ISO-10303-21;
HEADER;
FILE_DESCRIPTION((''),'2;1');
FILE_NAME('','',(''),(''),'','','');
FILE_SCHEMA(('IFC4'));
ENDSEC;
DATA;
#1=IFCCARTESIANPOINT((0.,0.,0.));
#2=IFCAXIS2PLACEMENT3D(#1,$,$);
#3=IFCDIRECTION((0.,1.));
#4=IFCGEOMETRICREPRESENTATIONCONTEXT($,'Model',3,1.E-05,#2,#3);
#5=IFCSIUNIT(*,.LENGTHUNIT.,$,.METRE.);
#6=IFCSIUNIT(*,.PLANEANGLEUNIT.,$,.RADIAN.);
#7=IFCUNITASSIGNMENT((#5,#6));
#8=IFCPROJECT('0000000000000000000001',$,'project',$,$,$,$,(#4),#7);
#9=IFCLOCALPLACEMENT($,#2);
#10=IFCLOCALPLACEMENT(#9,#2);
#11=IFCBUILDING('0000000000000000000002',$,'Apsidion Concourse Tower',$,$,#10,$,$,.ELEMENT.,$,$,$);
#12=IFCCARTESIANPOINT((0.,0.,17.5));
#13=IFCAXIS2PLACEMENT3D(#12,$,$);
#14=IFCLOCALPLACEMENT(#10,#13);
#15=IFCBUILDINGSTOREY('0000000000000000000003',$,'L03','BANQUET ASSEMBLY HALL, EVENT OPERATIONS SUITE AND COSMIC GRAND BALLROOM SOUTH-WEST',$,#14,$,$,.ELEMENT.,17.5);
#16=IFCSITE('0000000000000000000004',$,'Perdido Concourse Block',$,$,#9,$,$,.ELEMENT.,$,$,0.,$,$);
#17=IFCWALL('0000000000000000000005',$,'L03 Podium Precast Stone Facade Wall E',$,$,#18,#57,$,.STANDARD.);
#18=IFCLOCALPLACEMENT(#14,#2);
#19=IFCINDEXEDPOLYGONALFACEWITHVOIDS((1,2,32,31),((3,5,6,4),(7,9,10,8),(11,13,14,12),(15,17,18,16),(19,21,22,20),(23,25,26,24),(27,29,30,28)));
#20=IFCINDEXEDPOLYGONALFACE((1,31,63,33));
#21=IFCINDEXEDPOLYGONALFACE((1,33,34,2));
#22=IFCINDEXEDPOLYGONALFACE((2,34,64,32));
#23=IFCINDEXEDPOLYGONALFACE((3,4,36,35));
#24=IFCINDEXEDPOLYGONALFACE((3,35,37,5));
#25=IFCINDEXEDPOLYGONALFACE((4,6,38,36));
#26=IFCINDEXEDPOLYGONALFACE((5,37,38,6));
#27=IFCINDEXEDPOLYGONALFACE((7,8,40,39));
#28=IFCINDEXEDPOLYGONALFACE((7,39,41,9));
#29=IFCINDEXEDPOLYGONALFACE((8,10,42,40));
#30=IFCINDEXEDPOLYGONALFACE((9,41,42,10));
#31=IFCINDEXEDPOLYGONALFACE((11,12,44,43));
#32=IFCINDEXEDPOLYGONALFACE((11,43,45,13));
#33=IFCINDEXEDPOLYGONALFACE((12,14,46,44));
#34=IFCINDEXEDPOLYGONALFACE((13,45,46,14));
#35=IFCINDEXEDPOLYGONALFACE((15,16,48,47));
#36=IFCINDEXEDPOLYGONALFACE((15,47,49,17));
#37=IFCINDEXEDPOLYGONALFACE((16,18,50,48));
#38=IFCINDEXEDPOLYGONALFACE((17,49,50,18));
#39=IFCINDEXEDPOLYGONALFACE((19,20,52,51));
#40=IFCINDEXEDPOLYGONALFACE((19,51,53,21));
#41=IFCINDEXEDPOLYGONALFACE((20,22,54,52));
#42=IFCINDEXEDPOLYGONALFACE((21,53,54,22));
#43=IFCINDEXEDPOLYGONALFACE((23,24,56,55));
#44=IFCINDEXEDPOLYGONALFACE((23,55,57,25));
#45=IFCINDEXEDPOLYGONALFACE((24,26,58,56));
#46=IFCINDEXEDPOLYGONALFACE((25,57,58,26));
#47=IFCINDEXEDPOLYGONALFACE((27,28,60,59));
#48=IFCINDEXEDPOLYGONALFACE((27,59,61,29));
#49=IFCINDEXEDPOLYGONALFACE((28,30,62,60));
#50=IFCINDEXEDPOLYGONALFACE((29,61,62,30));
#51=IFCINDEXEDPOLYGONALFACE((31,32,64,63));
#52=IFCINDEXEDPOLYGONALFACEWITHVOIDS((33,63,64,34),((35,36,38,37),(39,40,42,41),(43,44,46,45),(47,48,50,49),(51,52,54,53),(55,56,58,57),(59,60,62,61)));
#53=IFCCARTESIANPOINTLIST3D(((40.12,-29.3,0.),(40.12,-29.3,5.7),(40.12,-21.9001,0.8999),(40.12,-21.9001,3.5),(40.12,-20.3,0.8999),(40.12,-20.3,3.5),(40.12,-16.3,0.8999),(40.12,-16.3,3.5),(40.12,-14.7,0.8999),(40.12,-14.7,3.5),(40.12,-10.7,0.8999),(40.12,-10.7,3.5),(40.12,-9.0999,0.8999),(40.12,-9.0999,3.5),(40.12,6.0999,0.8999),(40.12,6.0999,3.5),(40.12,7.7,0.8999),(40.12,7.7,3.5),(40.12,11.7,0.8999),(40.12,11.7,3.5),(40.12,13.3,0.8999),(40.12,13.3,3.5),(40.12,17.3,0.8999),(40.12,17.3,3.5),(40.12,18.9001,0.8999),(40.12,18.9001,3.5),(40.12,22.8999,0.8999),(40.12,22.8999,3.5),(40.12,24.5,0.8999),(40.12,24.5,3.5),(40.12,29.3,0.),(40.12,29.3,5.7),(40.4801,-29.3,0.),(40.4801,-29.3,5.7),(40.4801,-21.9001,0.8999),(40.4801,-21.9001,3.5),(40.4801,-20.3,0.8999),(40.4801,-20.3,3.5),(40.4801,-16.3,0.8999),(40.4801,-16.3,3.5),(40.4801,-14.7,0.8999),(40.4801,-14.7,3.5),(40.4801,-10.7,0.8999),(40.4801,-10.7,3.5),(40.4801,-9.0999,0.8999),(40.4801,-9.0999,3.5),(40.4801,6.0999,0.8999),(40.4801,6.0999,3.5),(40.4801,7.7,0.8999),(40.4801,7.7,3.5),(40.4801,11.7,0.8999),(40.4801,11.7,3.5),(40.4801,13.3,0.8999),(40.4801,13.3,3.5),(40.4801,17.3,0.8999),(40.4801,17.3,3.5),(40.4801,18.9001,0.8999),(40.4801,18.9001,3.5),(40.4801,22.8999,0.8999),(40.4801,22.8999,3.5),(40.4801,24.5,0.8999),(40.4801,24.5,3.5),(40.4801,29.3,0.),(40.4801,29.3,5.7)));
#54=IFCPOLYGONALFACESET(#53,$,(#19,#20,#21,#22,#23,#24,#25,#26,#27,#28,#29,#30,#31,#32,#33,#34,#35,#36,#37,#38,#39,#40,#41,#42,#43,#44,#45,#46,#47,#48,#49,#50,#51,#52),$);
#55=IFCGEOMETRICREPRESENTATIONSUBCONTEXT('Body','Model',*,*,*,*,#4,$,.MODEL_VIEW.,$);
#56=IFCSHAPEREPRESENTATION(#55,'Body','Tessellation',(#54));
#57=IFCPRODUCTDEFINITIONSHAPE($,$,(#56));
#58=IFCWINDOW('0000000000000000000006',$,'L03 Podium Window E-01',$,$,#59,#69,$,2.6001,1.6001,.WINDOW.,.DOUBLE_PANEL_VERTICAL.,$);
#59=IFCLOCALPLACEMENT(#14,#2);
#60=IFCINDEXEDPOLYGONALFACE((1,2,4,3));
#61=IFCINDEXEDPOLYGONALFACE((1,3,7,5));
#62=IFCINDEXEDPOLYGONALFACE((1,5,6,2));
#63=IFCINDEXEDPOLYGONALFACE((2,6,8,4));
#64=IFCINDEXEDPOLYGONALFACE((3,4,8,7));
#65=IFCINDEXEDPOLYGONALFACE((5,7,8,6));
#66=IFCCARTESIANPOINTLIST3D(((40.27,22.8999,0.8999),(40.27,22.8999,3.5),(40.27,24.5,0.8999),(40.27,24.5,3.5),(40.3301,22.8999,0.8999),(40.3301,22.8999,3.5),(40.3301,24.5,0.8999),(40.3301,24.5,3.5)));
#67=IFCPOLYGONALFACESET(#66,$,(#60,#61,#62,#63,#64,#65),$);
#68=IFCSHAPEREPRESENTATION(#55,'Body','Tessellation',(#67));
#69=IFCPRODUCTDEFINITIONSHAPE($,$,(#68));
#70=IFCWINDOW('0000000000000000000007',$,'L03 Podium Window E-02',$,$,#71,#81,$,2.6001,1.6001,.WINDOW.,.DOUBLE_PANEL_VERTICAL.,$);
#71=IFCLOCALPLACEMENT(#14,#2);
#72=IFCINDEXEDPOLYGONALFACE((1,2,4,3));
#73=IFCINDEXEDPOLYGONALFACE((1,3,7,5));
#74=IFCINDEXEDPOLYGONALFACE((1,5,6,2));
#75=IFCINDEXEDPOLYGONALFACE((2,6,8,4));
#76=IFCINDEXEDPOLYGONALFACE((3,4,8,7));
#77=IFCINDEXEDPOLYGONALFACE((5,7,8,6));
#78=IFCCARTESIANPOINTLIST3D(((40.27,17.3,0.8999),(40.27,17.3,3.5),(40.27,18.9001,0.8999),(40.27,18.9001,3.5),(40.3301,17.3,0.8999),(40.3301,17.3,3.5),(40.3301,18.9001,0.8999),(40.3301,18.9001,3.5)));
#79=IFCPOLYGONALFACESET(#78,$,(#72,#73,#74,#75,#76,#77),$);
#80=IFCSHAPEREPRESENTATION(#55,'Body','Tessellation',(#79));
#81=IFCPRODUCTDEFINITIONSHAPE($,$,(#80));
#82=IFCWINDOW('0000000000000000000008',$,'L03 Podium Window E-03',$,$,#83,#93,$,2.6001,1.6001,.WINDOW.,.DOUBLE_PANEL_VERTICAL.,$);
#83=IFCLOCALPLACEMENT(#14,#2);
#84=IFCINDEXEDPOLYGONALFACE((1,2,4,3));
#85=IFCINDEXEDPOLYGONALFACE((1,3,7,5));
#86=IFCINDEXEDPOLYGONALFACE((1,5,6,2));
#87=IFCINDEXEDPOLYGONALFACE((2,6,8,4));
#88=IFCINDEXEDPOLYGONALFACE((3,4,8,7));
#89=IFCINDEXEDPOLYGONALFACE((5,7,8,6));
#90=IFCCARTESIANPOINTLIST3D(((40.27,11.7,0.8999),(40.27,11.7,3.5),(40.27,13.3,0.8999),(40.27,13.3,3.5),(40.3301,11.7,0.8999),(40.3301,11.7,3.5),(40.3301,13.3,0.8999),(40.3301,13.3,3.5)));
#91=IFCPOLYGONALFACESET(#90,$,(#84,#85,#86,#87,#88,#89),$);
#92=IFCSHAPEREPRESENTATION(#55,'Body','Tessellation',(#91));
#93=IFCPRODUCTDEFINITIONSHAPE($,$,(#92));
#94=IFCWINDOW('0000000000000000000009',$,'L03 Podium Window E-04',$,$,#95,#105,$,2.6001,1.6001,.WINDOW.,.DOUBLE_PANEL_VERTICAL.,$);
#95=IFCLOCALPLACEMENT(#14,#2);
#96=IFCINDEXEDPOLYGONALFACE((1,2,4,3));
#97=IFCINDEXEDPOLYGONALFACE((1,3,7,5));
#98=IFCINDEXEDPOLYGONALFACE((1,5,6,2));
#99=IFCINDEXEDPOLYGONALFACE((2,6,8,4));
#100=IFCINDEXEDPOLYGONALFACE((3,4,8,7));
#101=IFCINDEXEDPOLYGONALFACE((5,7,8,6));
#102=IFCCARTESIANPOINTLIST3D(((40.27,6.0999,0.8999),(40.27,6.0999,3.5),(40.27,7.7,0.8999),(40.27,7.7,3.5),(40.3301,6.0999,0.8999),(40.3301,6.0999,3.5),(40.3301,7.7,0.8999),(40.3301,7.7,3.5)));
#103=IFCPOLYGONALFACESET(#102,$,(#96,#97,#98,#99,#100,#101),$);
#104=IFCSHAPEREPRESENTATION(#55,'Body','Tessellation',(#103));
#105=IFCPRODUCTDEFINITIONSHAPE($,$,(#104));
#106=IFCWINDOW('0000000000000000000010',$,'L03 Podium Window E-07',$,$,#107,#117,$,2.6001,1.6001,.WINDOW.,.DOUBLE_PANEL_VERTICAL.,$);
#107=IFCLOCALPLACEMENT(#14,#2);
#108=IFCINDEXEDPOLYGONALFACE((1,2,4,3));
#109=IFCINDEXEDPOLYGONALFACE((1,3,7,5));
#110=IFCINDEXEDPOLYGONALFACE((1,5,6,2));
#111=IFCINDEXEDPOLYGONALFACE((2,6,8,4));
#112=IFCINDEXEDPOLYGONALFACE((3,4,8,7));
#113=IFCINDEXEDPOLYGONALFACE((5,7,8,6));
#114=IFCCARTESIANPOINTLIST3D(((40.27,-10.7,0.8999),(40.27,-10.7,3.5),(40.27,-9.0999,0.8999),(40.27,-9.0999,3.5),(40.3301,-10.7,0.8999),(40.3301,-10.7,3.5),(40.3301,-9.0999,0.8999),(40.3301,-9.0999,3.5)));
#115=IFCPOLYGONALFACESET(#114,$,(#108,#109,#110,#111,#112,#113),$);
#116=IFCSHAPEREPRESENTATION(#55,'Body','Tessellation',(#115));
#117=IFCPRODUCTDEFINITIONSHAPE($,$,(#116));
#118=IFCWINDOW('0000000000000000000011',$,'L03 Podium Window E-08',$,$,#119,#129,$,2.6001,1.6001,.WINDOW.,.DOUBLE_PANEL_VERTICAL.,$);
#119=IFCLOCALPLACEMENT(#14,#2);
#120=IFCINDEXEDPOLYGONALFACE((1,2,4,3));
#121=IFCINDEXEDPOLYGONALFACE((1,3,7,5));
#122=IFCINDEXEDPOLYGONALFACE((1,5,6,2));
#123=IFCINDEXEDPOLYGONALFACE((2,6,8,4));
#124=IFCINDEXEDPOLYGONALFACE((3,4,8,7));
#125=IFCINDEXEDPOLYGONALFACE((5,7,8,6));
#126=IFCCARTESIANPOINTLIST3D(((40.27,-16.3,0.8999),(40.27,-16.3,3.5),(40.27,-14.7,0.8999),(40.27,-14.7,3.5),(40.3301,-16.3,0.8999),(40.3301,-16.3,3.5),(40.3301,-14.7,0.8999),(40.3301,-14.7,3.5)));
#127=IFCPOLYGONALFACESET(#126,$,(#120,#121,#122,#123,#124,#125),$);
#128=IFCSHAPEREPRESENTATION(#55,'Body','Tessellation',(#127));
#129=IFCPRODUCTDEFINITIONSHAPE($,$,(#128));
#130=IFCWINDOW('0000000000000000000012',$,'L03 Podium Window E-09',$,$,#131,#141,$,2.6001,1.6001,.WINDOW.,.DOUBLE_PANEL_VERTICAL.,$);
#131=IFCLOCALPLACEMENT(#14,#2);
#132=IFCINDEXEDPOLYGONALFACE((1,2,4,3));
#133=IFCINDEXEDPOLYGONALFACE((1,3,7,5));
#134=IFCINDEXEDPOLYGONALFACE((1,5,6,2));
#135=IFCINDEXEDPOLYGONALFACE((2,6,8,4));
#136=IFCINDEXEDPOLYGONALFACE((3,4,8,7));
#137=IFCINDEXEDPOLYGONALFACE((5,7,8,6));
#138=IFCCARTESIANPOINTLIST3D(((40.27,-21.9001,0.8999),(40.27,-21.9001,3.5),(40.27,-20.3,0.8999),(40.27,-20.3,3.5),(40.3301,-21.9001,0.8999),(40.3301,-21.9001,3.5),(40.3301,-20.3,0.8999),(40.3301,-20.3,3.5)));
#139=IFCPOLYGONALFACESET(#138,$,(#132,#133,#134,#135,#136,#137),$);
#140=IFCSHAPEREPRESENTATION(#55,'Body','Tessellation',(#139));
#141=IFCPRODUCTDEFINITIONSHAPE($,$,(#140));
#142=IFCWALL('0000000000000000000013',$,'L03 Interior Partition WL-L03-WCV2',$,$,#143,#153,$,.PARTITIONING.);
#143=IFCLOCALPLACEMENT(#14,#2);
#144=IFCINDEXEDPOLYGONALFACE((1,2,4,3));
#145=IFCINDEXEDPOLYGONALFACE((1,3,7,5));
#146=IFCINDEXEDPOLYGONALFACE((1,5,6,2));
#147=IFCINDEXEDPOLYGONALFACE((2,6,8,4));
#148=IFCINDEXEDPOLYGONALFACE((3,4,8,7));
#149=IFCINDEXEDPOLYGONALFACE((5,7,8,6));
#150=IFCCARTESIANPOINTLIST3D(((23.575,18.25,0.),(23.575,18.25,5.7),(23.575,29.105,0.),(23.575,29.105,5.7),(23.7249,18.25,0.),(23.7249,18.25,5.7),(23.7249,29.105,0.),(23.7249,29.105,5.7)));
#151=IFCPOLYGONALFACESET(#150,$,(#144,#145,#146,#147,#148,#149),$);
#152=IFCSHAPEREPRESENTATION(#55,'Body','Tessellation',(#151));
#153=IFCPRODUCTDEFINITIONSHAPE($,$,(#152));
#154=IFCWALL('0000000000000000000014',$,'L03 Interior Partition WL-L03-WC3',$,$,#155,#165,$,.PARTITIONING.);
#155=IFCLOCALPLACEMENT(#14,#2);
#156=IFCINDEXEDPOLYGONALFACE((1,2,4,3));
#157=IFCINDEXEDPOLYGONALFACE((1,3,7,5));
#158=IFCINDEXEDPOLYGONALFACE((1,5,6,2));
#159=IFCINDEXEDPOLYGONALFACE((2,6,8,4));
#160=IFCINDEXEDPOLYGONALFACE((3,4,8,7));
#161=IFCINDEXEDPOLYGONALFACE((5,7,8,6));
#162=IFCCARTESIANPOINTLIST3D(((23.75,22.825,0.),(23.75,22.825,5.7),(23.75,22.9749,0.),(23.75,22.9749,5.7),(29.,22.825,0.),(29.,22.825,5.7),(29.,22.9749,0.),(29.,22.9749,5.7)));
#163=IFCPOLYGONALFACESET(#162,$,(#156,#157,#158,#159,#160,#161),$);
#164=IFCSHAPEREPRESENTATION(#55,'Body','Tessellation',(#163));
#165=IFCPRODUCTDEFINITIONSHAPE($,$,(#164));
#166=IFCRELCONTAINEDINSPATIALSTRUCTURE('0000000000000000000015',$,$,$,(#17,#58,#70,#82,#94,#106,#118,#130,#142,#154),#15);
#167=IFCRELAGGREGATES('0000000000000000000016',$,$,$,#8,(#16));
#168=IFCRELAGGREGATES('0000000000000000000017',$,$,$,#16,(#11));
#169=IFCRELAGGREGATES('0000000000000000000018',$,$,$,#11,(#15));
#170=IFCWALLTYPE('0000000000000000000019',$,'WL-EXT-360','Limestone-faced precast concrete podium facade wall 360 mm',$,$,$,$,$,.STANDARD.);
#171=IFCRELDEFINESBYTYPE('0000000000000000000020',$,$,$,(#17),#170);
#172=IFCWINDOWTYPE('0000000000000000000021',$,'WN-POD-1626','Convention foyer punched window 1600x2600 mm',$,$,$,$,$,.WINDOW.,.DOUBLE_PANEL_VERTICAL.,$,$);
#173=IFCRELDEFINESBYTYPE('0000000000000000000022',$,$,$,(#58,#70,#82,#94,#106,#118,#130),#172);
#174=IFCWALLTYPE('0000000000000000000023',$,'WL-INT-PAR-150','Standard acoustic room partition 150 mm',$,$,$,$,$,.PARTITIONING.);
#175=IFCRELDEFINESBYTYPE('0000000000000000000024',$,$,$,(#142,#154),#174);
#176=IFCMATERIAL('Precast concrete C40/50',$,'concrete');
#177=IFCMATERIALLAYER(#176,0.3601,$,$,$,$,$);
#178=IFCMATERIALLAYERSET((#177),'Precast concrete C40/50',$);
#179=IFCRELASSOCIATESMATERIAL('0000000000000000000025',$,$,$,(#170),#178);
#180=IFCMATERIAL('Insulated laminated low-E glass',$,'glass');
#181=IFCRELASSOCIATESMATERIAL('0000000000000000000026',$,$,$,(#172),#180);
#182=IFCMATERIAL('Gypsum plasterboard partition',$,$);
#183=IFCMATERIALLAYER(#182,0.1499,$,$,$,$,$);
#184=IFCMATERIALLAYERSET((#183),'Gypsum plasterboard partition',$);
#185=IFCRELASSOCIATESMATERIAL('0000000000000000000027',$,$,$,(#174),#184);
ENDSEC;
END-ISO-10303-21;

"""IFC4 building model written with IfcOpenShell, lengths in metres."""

from ifc_helpers import new_model, si_unit, direction, frame, frame_2d, origin, place, context, subcontext, project, spatial, rectangle, extrude, material, layer, layer_set, type_object, element, fill, save


model = new_model("IFC4")

# Units and contexts
model_context = context("Model", 3, precision=1e-05, world=origin(), true_north=direction((0.0, 1.0)))
body_context = subcontext(model_context, "Body", "Model", "MODEL_VIEW")
ifc_project = project(units=[si_unit("LENGTHUNIT", "METRE"), si_unit("PLANEANGLEUNIT", "RADIAN")], contexts=[model_context])

# Site, building, storey
site_placement = place(None, origin())
site = spatial("IfcSite", under=ifc_project, at=site_placement, Name="Perdido Concourse Block", CompositionType="ELEMENT", RefElevation=0.0)
building_placement = place(site_placement, origin())
building = spatial("IfcBuilding", under=site, at=building_placement, Name="Apsidion Concourse Tower", CompositionType="ELEMENT")
storey_placement = place(building_placement, frame((0.0, 0.0, 17.5)))
storey = spatial("IfcBuildingStorey", under=building, at=storey_placement, Name="L03", Description="BANQUET ASSEMBLY HALL, EVENT OPERATIONS SUITE AND COSMIC GRAND BALLROOM SOUTH-WEST", CompositionType="ELEMENT", Elevation=17.5)

# Wall, openings, windows
ifc_material_1 = material(Name="Precast concrete C40/50", Category="concrete")
ifc_layer_1 = layer(ifc_material_1, 0.3601)
ifc_layer_set_1 = layer_set([ifc_layer_1], Name="Precast concrete C40/50")
wall_type_1 = type_object("IfcWallType", Name="WL-EXT-360", Description="Limestone-faced precast concrete podium facade wall 360 mm", PredefinedType="STANDARD", material=ifc_layer_set_1)
wall_1_placement = place(storey_placement, frame((40.3, 29.3, 0.0), z_axis=(0.0, 0.0, 1.0), x_axis=(0.0, -1.0, 0.0)))
wall_1 = element("IfcWall", 1, at=wall_1_placement, inside=storey, type_object=wall_type_1, Name="L03 Podium Precast Stone Facade Wall E", PredefinedType="STANDARD", context=body_context, shape_type="SweptSolid", body=[
    extrude(rectangle(XDim=58.6001, YDim=0.3601, at=frame_2d((29.3, 0.0))), origin(), (0.0, 0.0, 1.0), 5.7),
])
opening_1_placement = place(wall_1_placement, frame((4.8, 0.0, 0.8999)))
opening_1 = element("IfcOpeningElement", 2, at=opening_1_placement, cuts=wall_1, PredefinedType="OPENING", context=body_context, shape_type="SweptSolid", body=[
    extrude(rectangle(XDim=1.6001, YDim=2.6001, at=frame_2d((0.8, 1.3))), frame((0.0, 0.1899, 0.0), z_axis=(0.0, -1.0, 0.0), x_axis=(1.0, 0.0, 0.0)), (0.0, 0.0, 1.0), 0.3801),
])
opening_2_placement = place(wall_1_placement, frame((10.3999, 0.0, 0.8999)))
opening_2 = element("IfcOpeningElement", 3, at=opening_2_placement, cuts=wall_1, PredefinedType="OPENING", context=body_context, shape_type="SweptSolid", body=[
    extrude(rectangle(XDim=1.6001, YDim=2.6001, at=frame_2d((0.8, 1.3))), frame((0.0, 0.1899, 0.0), z_axis=(0.0, -1.0, 0.0), x_axis=(1.0, 0.0, 0.0)), (0.0, 0.0, 1.0), 0.3801),
])
opening_3_placement = place(wall_1_placement, frame((16.0, 0.0, 0.8999)))
opening_3 = element("IfcOpeningElement", 4, at=opening_3_placement, cuts=wall_1, PredefinedType="OPENING", context=body_context, shape_type="SweptSolid", body=[
    extrude(rectangle(XDim=1.6001, YDim=2.6001, at=frame_2d((0.8, 1.3))), frame((0.0, 0.1899, 0.0), z_axis=(0.0, -1.0, 0.0), x_axis=(1.0, 0.0, 0.0)), (0.0, 0.0, 1.0), 0.3801),
])
opening_4_placement = place(wall_1_placement, frame((21.6001, 0.0, 0.8999)))
opening_4 = element("IfcOpeningElement", 5, at=opening_4_placement, cuts=wall_1, PredefinedType="OPENING", context=body_context, shape_type="SweptSolid", body=[
    extrude(rectangle(XDim=1.6001, YDim=2.6001, at=frame_2d((0.8, 1.3))), frame((0.0, 0.1899, 0.0), z_axis=(0.0, -1.0, 0.0), x_axis=(1.0, 0.0, 0.0)), (0.0, 0.0, 1.0), 0.3801),
])
opening_5_placement = place(wall_1_placement, frame((38.3999, 0.0, 0.8999)))
opening_5 = element("IfcOpeningElement", 6, at=opening_5_placement, cuts=wall_1, PredefinedType="OPENING", context=body_context, shape_type="SweptSolid", body=[
    extrude(rectangle(XDim=1.6001, YDim=2.6001, at=frame_2d((0.8, 1.3))), frame((0.0, 0.1899, 0.0), z_axis=(0.0, -1.0, 0.0), x_axis=(1.0, 0.0, 0.0)), (0.0, 0.0, 1.0), 0.3801),
])
opening_6_placement = place(wall_1_placement, frame((44.0, 0.0, 0.8999)))
opening_6 = element("IfcOpeningElement", 7, at=opening_6_placement, cuts=wall_1, PredefinedType="OPENING", context=body_context, shape_type="SweptSolid", body=[
    extrude(rectangle(XDim=1.6001, YDim=2.6001, at=frame_2d((0.8, 1.3))), frame((0.0, 0.1899, 0.0), z_axis=(0.0, -1.0, 0.0), x_axis=(1.0, 0.0, 0.0)), (0.0, 0.0, 1.0), 0.3801),
])
opening_7_placement = place(wall_1_placement, frame((49.6001, 0.0, 0.8999)))
opening_7 = element("IfcOpeningElement", 8, at=opening_7_placement, cuts=wall_1, PredefinedType="OPENING", context=body_context, shape_type="SweptSolid", body=[
    extrude(rectangle(XDim=1.6001, YDim=2.6001, at=frame_2d((0.8, 1.3))), frame((0.0, 0.1899, 0.0), z_axis=(0.0, -1.0, 0.0), x_axis=(1.0, 0.0, 0.0)), (0.0, 0.0, 1.0), 0.3801),
])
ifc_material_2 = material(Name="Insulated laminated low-E glass", Category="glass")
window_type = type_object("IfcWindowType", Name="WN-POD-1626", Description="Convention foyer punched window 1600x2600 mm", PartitioningType="DOUBLE_PANEL_VERTICAL", PredefinedType="WINDOW", material=ifc_material_2)
window_1_placement = place(opening_1_placement, origin())
window_1 = element("IfcWindow", 9, at=window_1_placement, inside=storey, type_object=window_type, Name="L03 Podium Window E-01", OverallHeight=2.6001, OverallWidth=1.6001, PartitioningType="DOUBLE_PANEL_VERTICAL", PredefinedType="WINDOW", context=body_context, shape_type="SweptSolid", body=[
    extrude(rectangle(XDim=1.6001, YDim=2.6001, at=frame_2d((0.8, 1.3))), frame((0.0, 0.03, 0.0), z_axis=(0.0, -1.0, 0.0), x_axis=(1.0, 0.0, 0.0)), (0.0, 0.0, 1.0), 0.0601),
])
fill(opening_1, window_1)
window_2_placement = place(opening_2_placement, origin())
window_2 = element("IfcWindow", 10, at=window_2_placement, inside=storey, type_object=window_type, Name="L03 Podium Window E-02", OverallHeight=2.6001, OverallWidth=1.6001, PartitioningType="DOUBLE_PANEL_VERTICAL", PredefinedType="WINDOW", context=body_context, shape_type="SweptSolid", body=[
    extrude(rectangle(XDim=1.6001, YDim=2.6001, at=frame_2d((0.8, 1.3))), frame((0.0, 0.03, 0.0), z_axis=(0.0, -1.0, 0.0), x_axis=(1.0, 0.0, 0.0)), (0.0, 0.0, 1.0), 0.0601),
])
fill(opening_2, window_2)
window_3_placement = place(opening_3_placement, origin())
window_3 = element("IfcWindow", 11, at=window_3_placement, inside=storey, type_object=window_type, Name="L03 Podium Window E-03", OverallHeight=2.6001, OverallWidth=1.6001, PartitioningType="DOUBLE_PANEL_VERTICAL", PredefinedType="WINDOW", context=body_context, shape_type="SweptSolid", body=[
    extrude(rectangle(XDim=1.6001, YDim=2.6001, at=frame_2d((0.8, 1.3))), frame((0.0, 0.03, 0.0), z_axis=(0.0, -1.0, 0.0), x_axis=(1.0, 0.0, 0.0)), (0.0, 0.0, 1.0), 0.0601),
])
fill(opening_3, window_3)
window_4_placement = place(opening_4_placement, origin())
window_4 = element("IfcWindow", 12, at=window_4_placement, inside=storey, type_object=window_type, Name="L03 Podium Window E-04", OverallHeight=2.6001, OverallWidth=1.6001, PartitioningType="DOUBLE_PANEL_VERTICAL", PredefinedType="WINDOW", context=body_context, shape_type="SweptSolid", body=[
    extrude(rectangle(XDim=1.6001, YDim=2.6001, at=frame_2d((0.8, 1.3))), frame((0.0, 0.03, 0.0), z_axis=(0.0, -1.0, 0.0), x_axis=(1.0, 0.0, 0.0)), (0.0, 0.0, 1.0), 0.0601),
])
fill(opening_4, window_4)
window_5_placement = place(opening_5_placement, origin())
window_5 = element("IfcWindow", 13, at=window_5_placement, inside=storey, type_object=window_type, Name="L03 Podium Window E-07", OverallHeight=2.6001, OverallWidth=1.6001, PartitioningType="DOUBLE_PANEL_VERTICAL", PredefinedType="WINDOW", context=body_context, shape_type="SweptSolid", body=[
    extrude(rectangle(XDim=1.6001, YDim=2.6001, at=frame_2d((0.8, 1.3))), frame((0.0, 0.03, 0.0), z_axis=(0.0, -1.0, 0.0), x_axis=(1.0, 0.0, 0.0)), (0.0, 0.0, 1.0), 0.0601),
])
fill(opening_5, window_5)
window_6_placement = place(opening_6_placement, origin())
window_6 = element("IfcWindow", 14, at=window_6_placement, inside=storey, type_object=window_type, Name="L03 Podium Window E-08", OverallHeight=2.6001, OverallWidth=1.6001, PartitioningType="DOUBLE_PANEL_VERTICAL", PredefinedType="WINDOW", context=body_context, shape_type="SweptSolid", body=[
    extrude(rectangle(XDim=1.6001, YDim=2.6001, at=frame_2d((0.8, 1.3))), frame((0.0, 0.03, 0.0), z_axis=(0.0, -1.0, 0.0), x_axis=(1.0, 0.0, 0.0)), (0.0, 0.0, 1.0), 0.0601),
])
fill(opening_6, window_6)
window_7_placement = place(opening_7_placement, origin())
window_7 = element("IfcWindow", 15, at=window_7_placement, inside=storey, type_object=window_type, Name="L03 Podium Window E-09", OverallHeight=2.6001, OverallWidth=1.6001, PartitioningType="DOUBLE_PANEL_VERTICAL", PredefinedType="WINDOW", context=body_context, shape_type="SweptSolid", body=[
    extrude(rectangle(XDim=1.6001, YDim=2.6001, at=frame_2d((0.8, 1.3))), frame((0.0, 0.03, 0.0), z_axis=(0.0, -1.0, 0.0), x_axis=(1.0, 0.0, 0.0)), (0.0, 0.0, 1.0), 0.0601),
])
fill(opening_7, window_7)

# Walls
ifc_material_3 = material(Name="Gypsum plasterboard partition")
ifc_layer_2 = layer(ifc_material_3, 0.1499)
ifc_layer_set_2 = layer_set([ifc_layer_2], Name="Gypsum plasterboard partition")
wall_type_2 = type_object("IfcWallType", Name="WL-INT-PAR-150", Description="Standard acoustic room partition 150 mm", PredefinedType="PARTITIONING", material=ifc_layer_set_2)
wall_2_placement = place(storey_placement, frame((23.6499, 18.25, 0.0), z_axis=(0.0, 0.0, 1.0), x_axis=(0.0, 1.0, 0.0)))
element("IfcWall", 16, at=wall_2_placement, inside=storey, type_object=wall_type_2, Name="L03 Interior Partition WL-L03-WCV2", PredefinedType="PARTITIONING", context=body_context, shape_type="SweptSolid", body=[
    extrude(rectangle(XDim=10.855, YDim=0.1499, at=frame_2d((5.4275, 0.0))), origin(), (0.0, 0.0, 1.0), 5.7),
])
wall_3_placement = place(storey_placement, frame((23.75, 22.8999, 0.0), z_axis=(0.0, 0.0, 1.0), x_axis=(1.0, 0.0, 0.0)))
element("IfcWall", 17, at=wall_3_placement, inside=storey, type_object=wall_type_2, Name="L03 Interior Partition WL-L03-WC3", PredefinedType="PARTITIONING", context=body_context, shape_type="SweptSolid", body=[
    extrude(rectangle(XDim=5.25, YDim=0.1499, at=frame_2d((2.625, 0.0))), origin(), (0.0, 0.0, 1.0), 5.7),
])

save(model, "model.ifc")
